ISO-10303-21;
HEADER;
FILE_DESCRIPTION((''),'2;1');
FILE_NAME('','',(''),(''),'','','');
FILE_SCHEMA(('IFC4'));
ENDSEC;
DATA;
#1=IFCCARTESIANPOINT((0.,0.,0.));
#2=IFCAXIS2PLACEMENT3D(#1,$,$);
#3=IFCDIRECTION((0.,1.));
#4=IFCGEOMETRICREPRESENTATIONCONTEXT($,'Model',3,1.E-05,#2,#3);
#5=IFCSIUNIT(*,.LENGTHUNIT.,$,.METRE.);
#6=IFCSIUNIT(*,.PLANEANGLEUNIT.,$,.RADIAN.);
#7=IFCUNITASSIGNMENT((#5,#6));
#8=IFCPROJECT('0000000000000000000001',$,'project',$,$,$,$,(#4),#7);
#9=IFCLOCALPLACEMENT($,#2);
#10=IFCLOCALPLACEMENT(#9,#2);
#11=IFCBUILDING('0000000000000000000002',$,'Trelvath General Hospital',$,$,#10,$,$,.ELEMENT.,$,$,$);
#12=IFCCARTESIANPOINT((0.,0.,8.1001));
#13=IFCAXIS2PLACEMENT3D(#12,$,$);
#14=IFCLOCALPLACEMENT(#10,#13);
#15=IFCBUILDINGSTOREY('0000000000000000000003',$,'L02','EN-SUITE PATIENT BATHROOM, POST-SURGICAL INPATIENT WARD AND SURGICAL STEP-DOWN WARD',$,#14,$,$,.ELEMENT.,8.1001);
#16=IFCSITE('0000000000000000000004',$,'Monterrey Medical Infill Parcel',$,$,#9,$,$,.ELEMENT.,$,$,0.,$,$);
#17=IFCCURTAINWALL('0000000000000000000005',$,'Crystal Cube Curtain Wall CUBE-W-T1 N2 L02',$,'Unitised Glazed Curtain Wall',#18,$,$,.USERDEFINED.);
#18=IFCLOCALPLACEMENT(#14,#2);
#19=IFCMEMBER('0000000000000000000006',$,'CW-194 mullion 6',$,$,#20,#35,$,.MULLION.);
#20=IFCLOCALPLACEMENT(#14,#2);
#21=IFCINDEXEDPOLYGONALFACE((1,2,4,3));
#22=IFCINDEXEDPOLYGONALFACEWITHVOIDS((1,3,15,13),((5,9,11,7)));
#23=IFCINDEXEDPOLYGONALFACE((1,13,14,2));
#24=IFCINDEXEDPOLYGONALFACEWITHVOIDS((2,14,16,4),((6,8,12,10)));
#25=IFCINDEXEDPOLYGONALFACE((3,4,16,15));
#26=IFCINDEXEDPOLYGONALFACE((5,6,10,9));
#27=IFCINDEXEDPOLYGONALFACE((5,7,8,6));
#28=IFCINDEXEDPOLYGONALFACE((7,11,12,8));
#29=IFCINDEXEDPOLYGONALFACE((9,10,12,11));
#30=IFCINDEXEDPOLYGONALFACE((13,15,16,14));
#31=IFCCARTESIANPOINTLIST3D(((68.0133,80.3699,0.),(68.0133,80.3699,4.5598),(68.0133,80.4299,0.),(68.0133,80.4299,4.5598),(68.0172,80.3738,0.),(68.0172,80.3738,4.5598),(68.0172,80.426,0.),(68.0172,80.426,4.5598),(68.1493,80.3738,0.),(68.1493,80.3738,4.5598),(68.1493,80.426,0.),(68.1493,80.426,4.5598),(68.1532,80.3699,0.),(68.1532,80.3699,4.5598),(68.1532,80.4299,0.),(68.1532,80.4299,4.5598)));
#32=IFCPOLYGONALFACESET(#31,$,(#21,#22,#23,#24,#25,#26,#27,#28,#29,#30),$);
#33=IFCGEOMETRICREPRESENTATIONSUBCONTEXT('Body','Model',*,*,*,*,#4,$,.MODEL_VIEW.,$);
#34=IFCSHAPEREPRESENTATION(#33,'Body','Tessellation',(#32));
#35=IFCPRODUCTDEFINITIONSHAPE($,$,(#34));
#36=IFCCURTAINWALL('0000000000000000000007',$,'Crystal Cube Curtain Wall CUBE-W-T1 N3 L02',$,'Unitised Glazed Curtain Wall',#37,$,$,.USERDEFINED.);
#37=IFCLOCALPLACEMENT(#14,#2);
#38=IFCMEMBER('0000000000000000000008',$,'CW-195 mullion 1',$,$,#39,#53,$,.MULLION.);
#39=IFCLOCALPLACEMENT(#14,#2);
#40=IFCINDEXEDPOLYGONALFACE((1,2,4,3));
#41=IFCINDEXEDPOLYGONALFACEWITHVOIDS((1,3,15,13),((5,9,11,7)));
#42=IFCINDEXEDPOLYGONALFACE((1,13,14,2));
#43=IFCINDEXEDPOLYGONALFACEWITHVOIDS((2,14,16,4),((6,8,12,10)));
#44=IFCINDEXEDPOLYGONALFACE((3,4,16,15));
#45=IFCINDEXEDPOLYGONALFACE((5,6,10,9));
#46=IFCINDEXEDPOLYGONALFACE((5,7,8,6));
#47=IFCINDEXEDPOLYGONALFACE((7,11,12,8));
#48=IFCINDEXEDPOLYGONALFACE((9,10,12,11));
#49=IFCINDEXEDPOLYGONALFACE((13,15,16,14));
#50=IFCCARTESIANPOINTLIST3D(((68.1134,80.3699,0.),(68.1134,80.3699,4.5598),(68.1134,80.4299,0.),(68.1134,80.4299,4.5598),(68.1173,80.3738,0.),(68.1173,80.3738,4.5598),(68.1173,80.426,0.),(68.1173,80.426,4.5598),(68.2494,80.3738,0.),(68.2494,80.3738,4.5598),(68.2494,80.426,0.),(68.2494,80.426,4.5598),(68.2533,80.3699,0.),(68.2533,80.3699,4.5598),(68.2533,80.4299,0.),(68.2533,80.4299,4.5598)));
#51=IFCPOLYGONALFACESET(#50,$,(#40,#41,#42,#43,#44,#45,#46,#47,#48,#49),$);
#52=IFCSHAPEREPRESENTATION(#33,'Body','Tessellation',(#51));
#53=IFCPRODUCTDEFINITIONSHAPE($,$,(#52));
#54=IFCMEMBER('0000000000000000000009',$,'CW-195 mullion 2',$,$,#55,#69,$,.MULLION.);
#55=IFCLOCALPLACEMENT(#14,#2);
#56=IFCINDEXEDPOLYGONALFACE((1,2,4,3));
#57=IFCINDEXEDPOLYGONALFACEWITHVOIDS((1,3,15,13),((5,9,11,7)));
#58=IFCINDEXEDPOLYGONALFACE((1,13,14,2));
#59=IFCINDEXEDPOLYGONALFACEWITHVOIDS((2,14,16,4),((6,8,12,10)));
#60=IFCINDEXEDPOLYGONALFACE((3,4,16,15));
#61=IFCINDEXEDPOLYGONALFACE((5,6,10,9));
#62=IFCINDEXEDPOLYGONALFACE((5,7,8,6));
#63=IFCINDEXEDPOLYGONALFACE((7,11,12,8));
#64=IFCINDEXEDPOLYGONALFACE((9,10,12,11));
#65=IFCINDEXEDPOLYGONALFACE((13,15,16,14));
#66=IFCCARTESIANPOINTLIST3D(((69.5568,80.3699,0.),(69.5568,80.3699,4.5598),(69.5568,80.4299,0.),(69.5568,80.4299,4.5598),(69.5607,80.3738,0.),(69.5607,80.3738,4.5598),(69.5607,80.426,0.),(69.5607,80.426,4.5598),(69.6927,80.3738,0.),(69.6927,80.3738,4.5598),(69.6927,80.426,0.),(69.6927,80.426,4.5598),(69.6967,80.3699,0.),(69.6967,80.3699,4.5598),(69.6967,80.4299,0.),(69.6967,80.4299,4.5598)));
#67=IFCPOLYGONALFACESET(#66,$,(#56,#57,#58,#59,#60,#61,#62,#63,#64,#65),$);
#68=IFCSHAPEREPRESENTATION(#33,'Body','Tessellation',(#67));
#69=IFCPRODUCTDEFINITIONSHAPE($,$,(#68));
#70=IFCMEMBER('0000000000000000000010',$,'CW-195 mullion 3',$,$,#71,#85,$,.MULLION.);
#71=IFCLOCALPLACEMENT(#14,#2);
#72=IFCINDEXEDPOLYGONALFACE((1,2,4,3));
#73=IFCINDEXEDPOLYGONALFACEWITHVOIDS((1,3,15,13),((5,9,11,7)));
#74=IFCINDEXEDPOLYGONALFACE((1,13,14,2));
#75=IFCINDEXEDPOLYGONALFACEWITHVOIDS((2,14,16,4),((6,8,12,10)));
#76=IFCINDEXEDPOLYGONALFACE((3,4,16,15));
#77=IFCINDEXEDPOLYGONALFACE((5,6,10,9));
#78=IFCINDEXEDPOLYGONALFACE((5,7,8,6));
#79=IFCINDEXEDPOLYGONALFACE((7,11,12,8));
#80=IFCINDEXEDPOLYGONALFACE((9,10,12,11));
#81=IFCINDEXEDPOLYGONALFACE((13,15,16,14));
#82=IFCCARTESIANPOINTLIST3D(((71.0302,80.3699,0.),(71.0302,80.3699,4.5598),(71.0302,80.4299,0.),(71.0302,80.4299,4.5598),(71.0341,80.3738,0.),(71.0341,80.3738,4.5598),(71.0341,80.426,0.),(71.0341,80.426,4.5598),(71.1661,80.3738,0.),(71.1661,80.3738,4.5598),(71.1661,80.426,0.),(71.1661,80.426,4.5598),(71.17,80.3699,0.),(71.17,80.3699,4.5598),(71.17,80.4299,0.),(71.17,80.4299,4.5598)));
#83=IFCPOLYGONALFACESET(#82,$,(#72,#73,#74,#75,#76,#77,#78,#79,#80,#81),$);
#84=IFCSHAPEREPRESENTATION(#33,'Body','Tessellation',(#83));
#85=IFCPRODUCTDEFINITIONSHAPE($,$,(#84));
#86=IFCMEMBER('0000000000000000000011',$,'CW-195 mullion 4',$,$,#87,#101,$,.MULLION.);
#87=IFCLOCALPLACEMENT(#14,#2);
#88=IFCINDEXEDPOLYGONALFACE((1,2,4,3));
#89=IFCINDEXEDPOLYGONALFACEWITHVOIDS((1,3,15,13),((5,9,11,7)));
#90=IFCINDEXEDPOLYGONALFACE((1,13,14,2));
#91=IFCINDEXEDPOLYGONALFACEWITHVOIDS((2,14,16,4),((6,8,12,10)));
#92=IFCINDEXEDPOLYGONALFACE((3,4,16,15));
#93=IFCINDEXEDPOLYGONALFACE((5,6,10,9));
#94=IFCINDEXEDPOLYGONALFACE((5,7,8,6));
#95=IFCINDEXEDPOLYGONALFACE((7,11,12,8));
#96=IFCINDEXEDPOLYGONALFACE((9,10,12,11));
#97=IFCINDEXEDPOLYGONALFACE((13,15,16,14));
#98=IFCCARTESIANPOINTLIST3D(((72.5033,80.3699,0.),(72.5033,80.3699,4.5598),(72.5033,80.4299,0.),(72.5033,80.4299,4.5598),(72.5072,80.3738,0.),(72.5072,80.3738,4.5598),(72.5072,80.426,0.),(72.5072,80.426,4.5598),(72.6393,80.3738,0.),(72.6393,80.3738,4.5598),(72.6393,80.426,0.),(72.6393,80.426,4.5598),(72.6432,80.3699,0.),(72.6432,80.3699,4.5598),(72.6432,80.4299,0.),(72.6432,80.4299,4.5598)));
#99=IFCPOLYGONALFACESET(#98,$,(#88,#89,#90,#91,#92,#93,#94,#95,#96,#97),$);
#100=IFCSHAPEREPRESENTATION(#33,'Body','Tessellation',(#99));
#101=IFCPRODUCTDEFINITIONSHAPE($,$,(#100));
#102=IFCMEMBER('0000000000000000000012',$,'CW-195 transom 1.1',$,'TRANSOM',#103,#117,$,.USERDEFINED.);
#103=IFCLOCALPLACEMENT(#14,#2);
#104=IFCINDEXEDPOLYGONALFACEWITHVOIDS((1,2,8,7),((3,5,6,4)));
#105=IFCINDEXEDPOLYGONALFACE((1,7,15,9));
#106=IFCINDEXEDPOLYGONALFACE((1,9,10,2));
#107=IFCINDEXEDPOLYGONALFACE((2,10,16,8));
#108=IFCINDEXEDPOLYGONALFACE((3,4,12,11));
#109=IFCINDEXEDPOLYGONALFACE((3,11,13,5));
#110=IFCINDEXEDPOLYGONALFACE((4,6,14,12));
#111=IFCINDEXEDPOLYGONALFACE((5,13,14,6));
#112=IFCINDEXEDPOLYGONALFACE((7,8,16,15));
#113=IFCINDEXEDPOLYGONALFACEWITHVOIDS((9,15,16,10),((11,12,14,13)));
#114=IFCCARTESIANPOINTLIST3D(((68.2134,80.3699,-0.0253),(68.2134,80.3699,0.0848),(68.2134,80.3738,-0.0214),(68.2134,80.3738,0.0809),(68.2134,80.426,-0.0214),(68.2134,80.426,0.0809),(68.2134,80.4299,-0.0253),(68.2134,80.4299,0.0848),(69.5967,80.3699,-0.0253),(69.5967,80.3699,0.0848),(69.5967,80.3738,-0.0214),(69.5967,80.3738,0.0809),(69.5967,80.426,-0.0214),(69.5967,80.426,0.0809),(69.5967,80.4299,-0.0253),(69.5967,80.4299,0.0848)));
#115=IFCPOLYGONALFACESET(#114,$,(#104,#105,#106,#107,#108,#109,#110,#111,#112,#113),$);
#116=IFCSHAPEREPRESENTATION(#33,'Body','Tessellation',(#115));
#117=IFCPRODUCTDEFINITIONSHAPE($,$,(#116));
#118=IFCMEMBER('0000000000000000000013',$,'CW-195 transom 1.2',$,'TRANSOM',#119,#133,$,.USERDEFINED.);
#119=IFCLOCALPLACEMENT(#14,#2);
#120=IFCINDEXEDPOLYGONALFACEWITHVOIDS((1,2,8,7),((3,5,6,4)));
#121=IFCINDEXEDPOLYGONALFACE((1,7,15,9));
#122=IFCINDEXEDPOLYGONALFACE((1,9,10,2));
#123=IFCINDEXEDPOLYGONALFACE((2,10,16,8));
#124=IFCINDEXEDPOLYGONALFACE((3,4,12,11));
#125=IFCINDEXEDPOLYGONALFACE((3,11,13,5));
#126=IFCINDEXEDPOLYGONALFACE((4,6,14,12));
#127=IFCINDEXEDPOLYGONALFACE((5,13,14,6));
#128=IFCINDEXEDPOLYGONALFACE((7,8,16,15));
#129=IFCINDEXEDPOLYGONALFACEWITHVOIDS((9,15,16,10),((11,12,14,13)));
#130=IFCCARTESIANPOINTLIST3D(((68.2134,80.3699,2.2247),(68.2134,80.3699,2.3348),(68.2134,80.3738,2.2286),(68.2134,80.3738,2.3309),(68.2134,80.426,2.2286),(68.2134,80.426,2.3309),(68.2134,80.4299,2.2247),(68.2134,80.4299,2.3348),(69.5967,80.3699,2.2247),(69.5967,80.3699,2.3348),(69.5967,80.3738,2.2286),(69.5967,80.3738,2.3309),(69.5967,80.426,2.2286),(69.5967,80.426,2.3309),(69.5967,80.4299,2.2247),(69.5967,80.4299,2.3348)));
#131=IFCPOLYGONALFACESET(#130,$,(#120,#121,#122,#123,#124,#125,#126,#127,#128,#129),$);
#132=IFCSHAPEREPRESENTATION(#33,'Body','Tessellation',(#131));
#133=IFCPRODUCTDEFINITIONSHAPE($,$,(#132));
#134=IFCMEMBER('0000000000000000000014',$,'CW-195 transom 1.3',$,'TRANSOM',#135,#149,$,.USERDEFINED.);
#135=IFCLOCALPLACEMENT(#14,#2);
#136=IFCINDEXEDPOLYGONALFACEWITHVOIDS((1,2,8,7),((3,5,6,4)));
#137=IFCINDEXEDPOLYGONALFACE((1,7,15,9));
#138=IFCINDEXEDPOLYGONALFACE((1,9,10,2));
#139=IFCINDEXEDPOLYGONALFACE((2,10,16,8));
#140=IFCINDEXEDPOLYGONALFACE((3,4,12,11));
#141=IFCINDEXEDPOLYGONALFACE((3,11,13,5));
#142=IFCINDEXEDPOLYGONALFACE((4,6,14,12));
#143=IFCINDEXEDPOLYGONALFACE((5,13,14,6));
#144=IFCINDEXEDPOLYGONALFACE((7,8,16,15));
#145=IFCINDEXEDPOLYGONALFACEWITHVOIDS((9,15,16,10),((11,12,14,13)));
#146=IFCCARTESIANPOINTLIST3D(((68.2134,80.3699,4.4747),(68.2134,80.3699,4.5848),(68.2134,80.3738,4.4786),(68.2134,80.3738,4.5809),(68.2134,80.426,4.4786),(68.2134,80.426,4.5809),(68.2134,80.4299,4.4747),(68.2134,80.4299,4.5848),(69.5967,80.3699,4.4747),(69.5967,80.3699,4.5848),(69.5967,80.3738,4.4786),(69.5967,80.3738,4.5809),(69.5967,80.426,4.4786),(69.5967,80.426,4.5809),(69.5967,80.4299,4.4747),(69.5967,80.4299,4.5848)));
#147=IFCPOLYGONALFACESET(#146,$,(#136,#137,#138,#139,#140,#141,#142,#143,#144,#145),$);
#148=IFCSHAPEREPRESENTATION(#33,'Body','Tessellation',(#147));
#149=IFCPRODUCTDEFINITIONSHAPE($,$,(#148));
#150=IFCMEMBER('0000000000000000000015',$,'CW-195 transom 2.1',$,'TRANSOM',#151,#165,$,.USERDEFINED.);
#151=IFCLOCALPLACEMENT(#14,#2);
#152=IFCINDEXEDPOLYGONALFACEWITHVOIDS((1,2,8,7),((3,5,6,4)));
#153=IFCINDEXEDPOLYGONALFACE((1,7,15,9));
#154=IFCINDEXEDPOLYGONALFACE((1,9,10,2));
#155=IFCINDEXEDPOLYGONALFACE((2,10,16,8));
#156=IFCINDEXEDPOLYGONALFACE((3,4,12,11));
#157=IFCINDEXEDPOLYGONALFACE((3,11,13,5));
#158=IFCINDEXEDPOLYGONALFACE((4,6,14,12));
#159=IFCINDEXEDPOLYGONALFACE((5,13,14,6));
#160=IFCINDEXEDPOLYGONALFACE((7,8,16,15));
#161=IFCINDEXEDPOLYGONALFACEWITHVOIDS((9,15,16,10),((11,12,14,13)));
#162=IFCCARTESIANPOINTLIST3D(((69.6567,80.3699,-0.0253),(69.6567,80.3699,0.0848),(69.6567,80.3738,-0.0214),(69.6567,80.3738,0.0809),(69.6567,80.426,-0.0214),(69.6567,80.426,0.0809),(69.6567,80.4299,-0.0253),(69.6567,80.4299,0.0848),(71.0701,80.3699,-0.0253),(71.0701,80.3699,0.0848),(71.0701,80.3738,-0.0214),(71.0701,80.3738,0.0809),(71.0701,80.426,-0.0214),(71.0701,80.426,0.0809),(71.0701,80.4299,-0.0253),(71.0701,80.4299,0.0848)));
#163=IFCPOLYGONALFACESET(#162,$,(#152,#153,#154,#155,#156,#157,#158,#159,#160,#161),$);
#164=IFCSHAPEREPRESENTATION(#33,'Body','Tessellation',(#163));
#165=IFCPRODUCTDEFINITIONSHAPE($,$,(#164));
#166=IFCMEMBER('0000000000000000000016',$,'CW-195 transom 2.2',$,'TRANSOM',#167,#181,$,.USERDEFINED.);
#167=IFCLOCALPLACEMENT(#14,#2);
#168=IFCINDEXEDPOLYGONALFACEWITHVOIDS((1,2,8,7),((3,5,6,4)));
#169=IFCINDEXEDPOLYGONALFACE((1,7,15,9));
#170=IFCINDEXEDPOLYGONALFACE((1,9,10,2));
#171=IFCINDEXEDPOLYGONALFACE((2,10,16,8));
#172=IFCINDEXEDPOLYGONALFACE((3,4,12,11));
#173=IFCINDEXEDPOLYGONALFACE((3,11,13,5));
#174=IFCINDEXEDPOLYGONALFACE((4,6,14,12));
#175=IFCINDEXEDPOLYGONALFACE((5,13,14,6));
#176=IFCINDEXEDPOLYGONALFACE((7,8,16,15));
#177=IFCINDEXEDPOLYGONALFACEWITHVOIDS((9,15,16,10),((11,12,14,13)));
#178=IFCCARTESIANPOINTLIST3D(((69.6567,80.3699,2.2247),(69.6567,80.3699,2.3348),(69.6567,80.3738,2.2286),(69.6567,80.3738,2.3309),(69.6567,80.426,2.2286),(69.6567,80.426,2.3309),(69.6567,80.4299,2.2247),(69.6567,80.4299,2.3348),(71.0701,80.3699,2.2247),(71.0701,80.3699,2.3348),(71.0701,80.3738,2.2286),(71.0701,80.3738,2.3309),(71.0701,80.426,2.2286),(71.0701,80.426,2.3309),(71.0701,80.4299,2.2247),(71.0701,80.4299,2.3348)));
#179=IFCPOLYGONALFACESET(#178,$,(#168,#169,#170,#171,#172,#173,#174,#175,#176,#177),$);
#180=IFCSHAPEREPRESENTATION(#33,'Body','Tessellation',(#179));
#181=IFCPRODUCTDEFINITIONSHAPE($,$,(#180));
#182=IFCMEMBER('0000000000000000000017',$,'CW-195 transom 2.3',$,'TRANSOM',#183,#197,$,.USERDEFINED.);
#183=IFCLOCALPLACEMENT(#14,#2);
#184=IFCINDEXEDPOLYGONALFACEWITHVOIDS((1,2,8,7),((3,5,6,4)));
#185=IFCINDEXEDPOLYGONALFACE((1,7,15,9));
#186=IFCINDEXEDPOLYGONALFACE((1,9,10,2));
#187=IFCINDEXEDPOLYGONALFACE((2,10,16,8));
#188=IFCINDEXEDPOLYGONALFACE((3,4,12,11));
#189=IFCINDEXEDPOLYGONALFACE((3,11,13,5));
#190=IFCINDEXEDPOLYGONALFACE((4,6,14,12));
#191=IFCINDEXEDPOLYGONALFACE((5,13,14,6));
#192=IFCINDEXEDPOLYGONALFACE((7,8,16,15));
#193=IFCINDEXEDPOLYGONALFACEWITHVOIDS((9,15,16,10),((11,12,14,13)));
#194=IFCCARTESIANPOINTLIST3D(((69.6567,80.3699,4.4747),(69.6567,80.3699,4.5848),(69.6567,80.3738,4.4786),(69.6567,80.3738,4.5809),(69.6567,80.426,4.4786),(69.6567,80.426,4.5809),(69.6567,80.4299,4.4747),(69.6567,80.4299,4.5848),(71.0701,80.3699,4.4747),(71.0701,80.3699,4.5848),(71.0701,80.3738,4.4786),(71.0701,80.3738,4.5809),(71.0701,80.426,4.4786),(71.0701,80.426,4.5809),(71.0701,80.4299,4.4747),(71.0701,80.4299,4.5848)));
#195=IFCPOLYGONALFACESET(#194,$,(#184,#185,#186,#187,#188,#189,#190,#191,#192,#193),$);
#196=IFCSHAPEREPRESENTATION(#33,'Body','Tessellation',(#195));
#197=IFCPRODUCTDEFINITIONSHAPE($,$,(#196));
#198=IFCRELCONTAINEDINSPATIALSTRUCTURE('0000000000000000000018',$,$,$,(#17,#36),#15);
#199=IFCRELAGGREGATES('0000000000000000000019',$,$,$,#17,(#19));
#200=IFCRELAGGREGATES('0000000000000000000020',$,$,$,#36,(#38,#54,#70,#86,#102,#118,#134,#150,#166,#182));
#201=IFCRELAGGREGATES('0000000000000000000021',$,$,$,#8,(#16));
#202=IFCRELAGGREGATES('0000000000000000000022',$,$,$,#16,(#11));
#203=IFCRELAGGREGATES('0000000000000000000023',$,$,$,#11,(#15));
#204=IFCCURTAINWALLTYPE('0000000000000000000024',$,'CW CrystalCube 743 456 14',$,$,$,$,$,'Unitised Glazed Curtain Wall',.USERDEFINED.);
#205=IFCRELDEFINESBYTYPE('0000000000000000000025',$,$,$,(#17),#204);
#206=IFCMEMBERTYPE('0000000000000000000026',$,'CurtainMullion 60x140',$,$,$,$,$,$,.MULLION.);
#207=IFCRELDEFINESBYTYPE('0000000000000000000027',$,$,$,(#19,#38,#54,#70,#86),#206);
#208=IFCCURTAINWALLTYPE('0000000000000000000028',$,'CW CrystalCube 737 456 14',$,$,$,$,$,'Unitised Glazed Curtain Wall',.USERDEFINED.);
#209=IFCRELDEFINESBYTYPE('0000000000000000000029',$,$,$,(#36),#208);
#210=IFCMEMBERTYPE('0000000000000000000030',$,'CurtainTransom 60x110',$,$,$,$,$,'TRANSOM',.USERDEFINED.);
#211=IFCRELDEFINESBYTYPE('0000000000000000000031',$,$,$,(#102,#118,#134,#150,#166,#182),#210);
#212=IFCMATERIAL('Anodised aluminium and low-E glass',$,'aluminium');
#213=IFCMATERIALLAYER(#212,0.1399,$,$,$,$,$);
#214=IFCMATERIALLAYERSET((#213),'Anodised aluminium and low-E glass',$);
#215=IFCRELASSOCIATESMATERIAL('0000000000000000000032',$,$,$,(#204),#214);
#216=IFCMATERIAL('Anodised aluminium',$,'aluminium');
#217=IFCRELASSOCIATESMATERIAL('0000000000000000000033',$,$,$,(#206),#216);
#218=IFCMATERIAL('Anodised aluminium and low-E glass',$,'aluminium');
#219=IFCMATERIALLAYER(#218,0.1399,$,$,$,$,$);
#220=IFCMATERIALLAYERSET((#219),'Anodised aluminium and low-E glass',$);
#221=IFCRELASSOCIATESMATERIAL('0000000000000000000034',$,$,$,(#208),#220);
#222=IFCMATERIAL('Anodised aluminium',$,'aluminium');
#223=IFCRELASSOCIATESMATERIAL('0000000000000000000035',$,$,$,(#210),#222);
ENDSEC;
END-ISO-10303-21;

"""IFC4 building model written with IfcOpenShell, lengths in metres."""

from ifc_helpers import new_model, si_unit, direction, frame, origin, origin_2d, place, context, subcontext, project, spatial, hollow_rectangle, extrude, material, layer, layer_set, material_profile, profile_set, type_object, element, aggregate, save


model = new_model("IFC4")

# Units and contexts
model_context = context("Model", 3, precision=1e-05, world=origin(), true_north=direction((0.0, 1.0)))
body_context = subcontext(model_context, "Body", "Model", "MODEL_VIEW")
ifc_project = project(units=[si_unit("LENGTHUNIT", "METRE"), si_unit("PLANEANGLEUNIT", "RADIAN")], contexts=[model_context])

# Site, building, storey
site_placement = place(None, origin())
site = spatial("IfcSite", under=ifc_project, at=site_placement, Name="Monterrey Medical Infill Parcel", CompositionType="ELEMENT", RefElevation=0.0)
building_placement = place(site_placement, origin())
building = spatial("IfcBuilding", under=site, at=building_placement, Name="Trelvath General Hospital", CompositionType="ELEMENT")
storey_placement = place(building_placement, frame((0.0, 0.0, 8.1001)))
storey = spatial("IfcBuildingStorey", under=building, at=storey_placement, Name="L02", Description="EN-SUITE PATIENT BATHROOM, POST-SURGICAL INPATIENT WARD AND SURGICAL STEP-DOWN WARD", CompositionType="ELEMENT", Elevation=8.1001)

# Curtain wall, member
ifc_material_1 = material(Name="Anodised aluminium and low-E glass", Category="aluminium")
ifc_layer_1 = layer(ifc_material_1, 0.1399)
ifc_layer_set_1 = layer_set([ifc_layer_1], Name="Anodised aluminium and low-E glass")
curtain_wall_type_1 = type_object("IfcCurtainWallType", Name="CW CrystalCube 743 456 14", ElementType="Unitised Glazed Curtain Wall", PredefinedType="USERDEFINED", material=ifc_layer_set_1)
curtain_wall_1_placement = place(storey_placement, origin())
curtain_wall_1 = element("IfcCurtainWall", 1, at=curtain_wall_1_placement, inside=storey, type_object=curtain_wall_type_1, Name="Crystal Cube Curtain Wall CUBE-W-T1 N2 L02", ObjectType="Unitised Glazed Curtain Wall", PredefinedType="USERDEFINED")
ifc_material_2 = material(Name="Anodised aluminium", Category="aluminium")
ifc_material_profile_1 = material_profile(ifc_material_2, hollow_rectangle(XDim=0.0601, YDim=0.1399, WallThickness=0.0039, at=origin_2d()), Name="RHS60x140x4")
ifc_profile_set_1 = profile_set([ifc_material_profile_1], Name="Anodised aluminium")
member_type_1 = type_object("IfcMemberType", Name="CurtainMullion 60x140", PredefinedType="MULLION", material=ifc_profile_set_1)
member_1_placement = place(storey_placement, frame((68.0833, 80.3999, 0.0), z_axis=(0.0, 0.0, 1.0), x_axis=(0.0, 1.0, 0.0)))
member_1 = element("IfcMember", 2, at=member_1_placement, type_object=member_type_1, Name="CW-194 mullion 6", PredefinedType="MULLION", context=body_context, shape_type="SweptSolid", body=[
    extrude(hollow_rectangle(XDim=0.0601, YDim=0.1399, WallThickness=0.0039, at=origin_2d()), origin(), (0.0, 0.0, 1.0), 4.5598),
])
aggregate(curtain_wall_1, [member_1])

# Curtain wall, members
ifc_material_3 = material(Name="Anodised aluminium and low-E glass", Category="aluminium")
ifc_layer_2 = layer(ifc_material_3, 0.1399)
ifc_layer_set_2 = layer_set([ifc_layer_2], Name="Anodised aluminium and low-E glass")
curtain_wall_type_2 = type_object("IfcCurtainWallType", Name="CW CrystalCube 737 456 14", ElementType="Unitised Glazed Curtain Wall", PredefinedType="USERDEFINED", material=ifc_layer_set_2)
curtain_wall_2_placement = place(storey_placement, origin())
curtain_wall_2 = element("IfcCurtainWall", 3, at=curtain_wall_2_placement, inside=storey, type_object=curtain_wall_type_2, Name="Crystal Cube Curtain Wall CUBE-W-T1 N3 L02", ObjectType="Unitised Glazed Curtain Wall", PredefinedType="USERDEFINED")
member_2_placement = place(storey_placement, frame((68.1833, 80.3999, 0.0), z_axis=(0.0, 0.0, 1.0), x_axis=(0.0, 1.0, 0.0)))
member_2 = element("IfcMember", 4, at=member_2_placement, type_object=member_type_1, Name="CW-195 mullion 1", PredefinedType="MULLION", context=body_context, shape_type="SweptSolid", body=[
    extrude(hollow_rectangle(XDim=0.0601, YDim=0.1399, WallThickness=0.0039, at=origin_2d()), origin(), (0.0, 0.0, 1.0), 4.5598),
])
member_3_placement = place(storey_placement, frame((69.6267, 80.3999, 0.0), z_axis=(0.0, 0.0, 1.0), x_axis=(0.0, 1.0, 0.0)))
member_3 = element("IfcMember", 5, at=member_3_placement, type_object=member_type_1, Name="CW-195 mullion 2", PredefinedType="MULLION", context=body_context, shape_type="SweptSolid", body=[
    extrude(hollow_rectangle(XDim=0.0601, YDim=0.1399, WallThickness=0.0039, at=origin_2d()), origin(), (0.0, 0.0, 1.0), 4.5598),
])
member_4_placement = place(storey_placement, frame((71.1001, 80.3999, 0.0), z_axis=(0.0, 0.0, 1.0), x_axis=(0.0, 1.0, 0.0)))
member_4 = element("IfcMember", 6, at=member_4_placement, type_object=member_type_1, Name="CW-195 mullion 3", PredefinedType="MULLION", context=body_context, shape_type="SweptSolid", body=[
    extrude(hollow_rectangle(XDim=0.0601, YDim=0.1399, WallThickness=0.0039, at=origin_2d()), origin(), (0.0, 0.0, 1.0), 4.5598),
])
member_5_placement = place(storey_placement, frame((72.5732, 80.3999, 0.0), z_axis=(0.0, 0.0, 1.0), x_axis=(0.0, 1.0, 0.0)))
member_5 = element("IfcMember", 7, at=member_5_placement, type_object=member_type_1, Name="CW-195 mullion 4", PredefinedType="MULLION", context=body_context, shape_type="SweptSolid", body=[
    extrude(hollow_rectangle(XDim=0.0601, YDim=0.1399, WallThickness=0.0039, at=origin_2d()), origin(), (0.0, 0.0, 1.0), 4.5598),
])
ifc_material_4 = material(Name="Anodised aluminium", Category="aluminium")
ifc_material_profile_2 = material_profile(ifc_material_4, hollow_rectangle(XDim=0.0601, YDim=0.1101, WallThickness=0.0039, at=origin_2d()), Name="RHS60x110x4")
ifc_profile_set_2 = profile_set([ifc_material_profile_2], Name="Anodised aluminium")
member_type_2 = type_object("IfcMemberType", Name="CurtainTransom 60x110", ElementType="TRANSOM", PredefinedType="USERDEFINED", material=ifc_profile_set_2)
member_6_placement = place(storey_placement, frame((68.2134, 80.3999, 0.0298), z_axis=(1.0, 0.0, 0.0), x_axis=(0.0, 1.0, 0.0)))
member_6 = element("IfcMember", 8, at=member_6_placement, type_object=member_type_2, Name="CW-195 transom 1.1", ObjectType="TRANSOM", PredefinedType="USERDEFINED", context=body_context, shape_type="SweptSolid", body=[
    extrude(hollow_rectangle(XDim=0.0601, YDim=0.1101, WallThickness=0.0039, at=origin_2d()), origin(), (0.0, 0.0, 1.0), 1.3833),
])
member_7_placement = place(storey_placement, frame((68.2134, 80.3999, 2.2798), z_axis=(1.0, 0.0, 0.0), x_axis=(0.0, 1.0, 0.0)))
member_7 = element("IfcMember", 9, at=member_7_placement, type_object=member_type_2, Name="CW-195 transom 1.2", ObjectType="TRANSOM", PredefinedType="USERDEFINED", context=body_context, shape_type="SweptSolid", body=[
    extrude(hollow_rectangle(XDim=0.0601, YDim=0.1101, WallThickness=0.0039, at=origin_2d()), origin(), (0.0, 0.0, 1.0), 1.3833),
])
member_8_placement = place(storey_placement, frame((68.2134, 80.3999, 4.5298), z_axis=(1.0, 0.0, 0.0), x_axis=(0.0, 1.0, 0.0)))
member_8 = element("IfcMember", 10, at=member_8_placement, type_object=member_type_2, Name="CW-195 transom 1.3", ObjectType="TRANSOM", PredefinedType="USERDEFINED", context=body_context, shape_type="SweptSolid", body=[
    extrude(hollow_rectangle(XDim=0.0601, YDim=0.1101, WallThickness=0.0039, at=origin_2d()), origin(), (0.0, 0.0, 1.0), 1.3833),
])
member_9_placement = place(storey_placement, frame((69.6567, 80.3999, 0.0298), z_axis=(1.0, 0.0, 0.0), x_axis=(0.0, 1.0, 0.0)))
member_9 = element("IfcMember", 11, at=member_9_placement, type_object=member_type_2, Name="CW-195 transom 2.1", ObjectType="TRANSOM", PredefinedType="USERDEFINED", context=body_context, shape_type="SweptSolid", body=[
    extrude(hollow_rectangle(XDim=0.0601, YDim=0.1101, WallThickness=0.0039, at=origin_2d()), origin(), (0.0, 0.0, 1.0), 1.4133),
])
member_10_placement = place(storey_placement, frame((69.6567, 80.3999, 2.2798), z_axis=(1.0, 0.0, 0.0), x_axis=(0.0, 1.0, 0.0)))
member_10 = element("IfcMember", 12, at=member_10_placement, type_object=member_type_2, Name="CW-195 transom 2.2", ObjectType="TRANSOM", PredefinedType="USERDEFINED", context=body_context, shape_type="SweptSolid", body=[
    extrude(hollow_rectangle(XDim=0.0601, YDim=0.1101, WallThickness=0.0039, at=origin_2d()), origin(), (0.0, 0.0, 1.0), 1.4133),
])
member_11_placement = place(storey_placement, frame((69.6567, 80.3999, 4.5298), z_axis=(1.0, 0.0, 0.0), x_axis=(0.0, 1.0, 0.0)))
member_11 = element("IfcMember", 13, at=member_11_placement, type_object=member_type_2, Name="CW-195 transom 2.3", ObjectType="TRANSOM", PredefinedType="USERDEFINED", context=body_context, shape_type="SweptSolid", body=[
    extrude(hollow_rectangle(XDim=0.0601, YDim=0.1101, WallThickness=0.0039, at=origin_2d()), origin(), (0.0, 0.0, 1.0), 1.4133),
])
aggregate(curtain_wall_2, [member_2, member_3, member_4, member_5, member_6, member_7, member_8, member_9, member_10, member_11])

save(model, "model.ifc")
